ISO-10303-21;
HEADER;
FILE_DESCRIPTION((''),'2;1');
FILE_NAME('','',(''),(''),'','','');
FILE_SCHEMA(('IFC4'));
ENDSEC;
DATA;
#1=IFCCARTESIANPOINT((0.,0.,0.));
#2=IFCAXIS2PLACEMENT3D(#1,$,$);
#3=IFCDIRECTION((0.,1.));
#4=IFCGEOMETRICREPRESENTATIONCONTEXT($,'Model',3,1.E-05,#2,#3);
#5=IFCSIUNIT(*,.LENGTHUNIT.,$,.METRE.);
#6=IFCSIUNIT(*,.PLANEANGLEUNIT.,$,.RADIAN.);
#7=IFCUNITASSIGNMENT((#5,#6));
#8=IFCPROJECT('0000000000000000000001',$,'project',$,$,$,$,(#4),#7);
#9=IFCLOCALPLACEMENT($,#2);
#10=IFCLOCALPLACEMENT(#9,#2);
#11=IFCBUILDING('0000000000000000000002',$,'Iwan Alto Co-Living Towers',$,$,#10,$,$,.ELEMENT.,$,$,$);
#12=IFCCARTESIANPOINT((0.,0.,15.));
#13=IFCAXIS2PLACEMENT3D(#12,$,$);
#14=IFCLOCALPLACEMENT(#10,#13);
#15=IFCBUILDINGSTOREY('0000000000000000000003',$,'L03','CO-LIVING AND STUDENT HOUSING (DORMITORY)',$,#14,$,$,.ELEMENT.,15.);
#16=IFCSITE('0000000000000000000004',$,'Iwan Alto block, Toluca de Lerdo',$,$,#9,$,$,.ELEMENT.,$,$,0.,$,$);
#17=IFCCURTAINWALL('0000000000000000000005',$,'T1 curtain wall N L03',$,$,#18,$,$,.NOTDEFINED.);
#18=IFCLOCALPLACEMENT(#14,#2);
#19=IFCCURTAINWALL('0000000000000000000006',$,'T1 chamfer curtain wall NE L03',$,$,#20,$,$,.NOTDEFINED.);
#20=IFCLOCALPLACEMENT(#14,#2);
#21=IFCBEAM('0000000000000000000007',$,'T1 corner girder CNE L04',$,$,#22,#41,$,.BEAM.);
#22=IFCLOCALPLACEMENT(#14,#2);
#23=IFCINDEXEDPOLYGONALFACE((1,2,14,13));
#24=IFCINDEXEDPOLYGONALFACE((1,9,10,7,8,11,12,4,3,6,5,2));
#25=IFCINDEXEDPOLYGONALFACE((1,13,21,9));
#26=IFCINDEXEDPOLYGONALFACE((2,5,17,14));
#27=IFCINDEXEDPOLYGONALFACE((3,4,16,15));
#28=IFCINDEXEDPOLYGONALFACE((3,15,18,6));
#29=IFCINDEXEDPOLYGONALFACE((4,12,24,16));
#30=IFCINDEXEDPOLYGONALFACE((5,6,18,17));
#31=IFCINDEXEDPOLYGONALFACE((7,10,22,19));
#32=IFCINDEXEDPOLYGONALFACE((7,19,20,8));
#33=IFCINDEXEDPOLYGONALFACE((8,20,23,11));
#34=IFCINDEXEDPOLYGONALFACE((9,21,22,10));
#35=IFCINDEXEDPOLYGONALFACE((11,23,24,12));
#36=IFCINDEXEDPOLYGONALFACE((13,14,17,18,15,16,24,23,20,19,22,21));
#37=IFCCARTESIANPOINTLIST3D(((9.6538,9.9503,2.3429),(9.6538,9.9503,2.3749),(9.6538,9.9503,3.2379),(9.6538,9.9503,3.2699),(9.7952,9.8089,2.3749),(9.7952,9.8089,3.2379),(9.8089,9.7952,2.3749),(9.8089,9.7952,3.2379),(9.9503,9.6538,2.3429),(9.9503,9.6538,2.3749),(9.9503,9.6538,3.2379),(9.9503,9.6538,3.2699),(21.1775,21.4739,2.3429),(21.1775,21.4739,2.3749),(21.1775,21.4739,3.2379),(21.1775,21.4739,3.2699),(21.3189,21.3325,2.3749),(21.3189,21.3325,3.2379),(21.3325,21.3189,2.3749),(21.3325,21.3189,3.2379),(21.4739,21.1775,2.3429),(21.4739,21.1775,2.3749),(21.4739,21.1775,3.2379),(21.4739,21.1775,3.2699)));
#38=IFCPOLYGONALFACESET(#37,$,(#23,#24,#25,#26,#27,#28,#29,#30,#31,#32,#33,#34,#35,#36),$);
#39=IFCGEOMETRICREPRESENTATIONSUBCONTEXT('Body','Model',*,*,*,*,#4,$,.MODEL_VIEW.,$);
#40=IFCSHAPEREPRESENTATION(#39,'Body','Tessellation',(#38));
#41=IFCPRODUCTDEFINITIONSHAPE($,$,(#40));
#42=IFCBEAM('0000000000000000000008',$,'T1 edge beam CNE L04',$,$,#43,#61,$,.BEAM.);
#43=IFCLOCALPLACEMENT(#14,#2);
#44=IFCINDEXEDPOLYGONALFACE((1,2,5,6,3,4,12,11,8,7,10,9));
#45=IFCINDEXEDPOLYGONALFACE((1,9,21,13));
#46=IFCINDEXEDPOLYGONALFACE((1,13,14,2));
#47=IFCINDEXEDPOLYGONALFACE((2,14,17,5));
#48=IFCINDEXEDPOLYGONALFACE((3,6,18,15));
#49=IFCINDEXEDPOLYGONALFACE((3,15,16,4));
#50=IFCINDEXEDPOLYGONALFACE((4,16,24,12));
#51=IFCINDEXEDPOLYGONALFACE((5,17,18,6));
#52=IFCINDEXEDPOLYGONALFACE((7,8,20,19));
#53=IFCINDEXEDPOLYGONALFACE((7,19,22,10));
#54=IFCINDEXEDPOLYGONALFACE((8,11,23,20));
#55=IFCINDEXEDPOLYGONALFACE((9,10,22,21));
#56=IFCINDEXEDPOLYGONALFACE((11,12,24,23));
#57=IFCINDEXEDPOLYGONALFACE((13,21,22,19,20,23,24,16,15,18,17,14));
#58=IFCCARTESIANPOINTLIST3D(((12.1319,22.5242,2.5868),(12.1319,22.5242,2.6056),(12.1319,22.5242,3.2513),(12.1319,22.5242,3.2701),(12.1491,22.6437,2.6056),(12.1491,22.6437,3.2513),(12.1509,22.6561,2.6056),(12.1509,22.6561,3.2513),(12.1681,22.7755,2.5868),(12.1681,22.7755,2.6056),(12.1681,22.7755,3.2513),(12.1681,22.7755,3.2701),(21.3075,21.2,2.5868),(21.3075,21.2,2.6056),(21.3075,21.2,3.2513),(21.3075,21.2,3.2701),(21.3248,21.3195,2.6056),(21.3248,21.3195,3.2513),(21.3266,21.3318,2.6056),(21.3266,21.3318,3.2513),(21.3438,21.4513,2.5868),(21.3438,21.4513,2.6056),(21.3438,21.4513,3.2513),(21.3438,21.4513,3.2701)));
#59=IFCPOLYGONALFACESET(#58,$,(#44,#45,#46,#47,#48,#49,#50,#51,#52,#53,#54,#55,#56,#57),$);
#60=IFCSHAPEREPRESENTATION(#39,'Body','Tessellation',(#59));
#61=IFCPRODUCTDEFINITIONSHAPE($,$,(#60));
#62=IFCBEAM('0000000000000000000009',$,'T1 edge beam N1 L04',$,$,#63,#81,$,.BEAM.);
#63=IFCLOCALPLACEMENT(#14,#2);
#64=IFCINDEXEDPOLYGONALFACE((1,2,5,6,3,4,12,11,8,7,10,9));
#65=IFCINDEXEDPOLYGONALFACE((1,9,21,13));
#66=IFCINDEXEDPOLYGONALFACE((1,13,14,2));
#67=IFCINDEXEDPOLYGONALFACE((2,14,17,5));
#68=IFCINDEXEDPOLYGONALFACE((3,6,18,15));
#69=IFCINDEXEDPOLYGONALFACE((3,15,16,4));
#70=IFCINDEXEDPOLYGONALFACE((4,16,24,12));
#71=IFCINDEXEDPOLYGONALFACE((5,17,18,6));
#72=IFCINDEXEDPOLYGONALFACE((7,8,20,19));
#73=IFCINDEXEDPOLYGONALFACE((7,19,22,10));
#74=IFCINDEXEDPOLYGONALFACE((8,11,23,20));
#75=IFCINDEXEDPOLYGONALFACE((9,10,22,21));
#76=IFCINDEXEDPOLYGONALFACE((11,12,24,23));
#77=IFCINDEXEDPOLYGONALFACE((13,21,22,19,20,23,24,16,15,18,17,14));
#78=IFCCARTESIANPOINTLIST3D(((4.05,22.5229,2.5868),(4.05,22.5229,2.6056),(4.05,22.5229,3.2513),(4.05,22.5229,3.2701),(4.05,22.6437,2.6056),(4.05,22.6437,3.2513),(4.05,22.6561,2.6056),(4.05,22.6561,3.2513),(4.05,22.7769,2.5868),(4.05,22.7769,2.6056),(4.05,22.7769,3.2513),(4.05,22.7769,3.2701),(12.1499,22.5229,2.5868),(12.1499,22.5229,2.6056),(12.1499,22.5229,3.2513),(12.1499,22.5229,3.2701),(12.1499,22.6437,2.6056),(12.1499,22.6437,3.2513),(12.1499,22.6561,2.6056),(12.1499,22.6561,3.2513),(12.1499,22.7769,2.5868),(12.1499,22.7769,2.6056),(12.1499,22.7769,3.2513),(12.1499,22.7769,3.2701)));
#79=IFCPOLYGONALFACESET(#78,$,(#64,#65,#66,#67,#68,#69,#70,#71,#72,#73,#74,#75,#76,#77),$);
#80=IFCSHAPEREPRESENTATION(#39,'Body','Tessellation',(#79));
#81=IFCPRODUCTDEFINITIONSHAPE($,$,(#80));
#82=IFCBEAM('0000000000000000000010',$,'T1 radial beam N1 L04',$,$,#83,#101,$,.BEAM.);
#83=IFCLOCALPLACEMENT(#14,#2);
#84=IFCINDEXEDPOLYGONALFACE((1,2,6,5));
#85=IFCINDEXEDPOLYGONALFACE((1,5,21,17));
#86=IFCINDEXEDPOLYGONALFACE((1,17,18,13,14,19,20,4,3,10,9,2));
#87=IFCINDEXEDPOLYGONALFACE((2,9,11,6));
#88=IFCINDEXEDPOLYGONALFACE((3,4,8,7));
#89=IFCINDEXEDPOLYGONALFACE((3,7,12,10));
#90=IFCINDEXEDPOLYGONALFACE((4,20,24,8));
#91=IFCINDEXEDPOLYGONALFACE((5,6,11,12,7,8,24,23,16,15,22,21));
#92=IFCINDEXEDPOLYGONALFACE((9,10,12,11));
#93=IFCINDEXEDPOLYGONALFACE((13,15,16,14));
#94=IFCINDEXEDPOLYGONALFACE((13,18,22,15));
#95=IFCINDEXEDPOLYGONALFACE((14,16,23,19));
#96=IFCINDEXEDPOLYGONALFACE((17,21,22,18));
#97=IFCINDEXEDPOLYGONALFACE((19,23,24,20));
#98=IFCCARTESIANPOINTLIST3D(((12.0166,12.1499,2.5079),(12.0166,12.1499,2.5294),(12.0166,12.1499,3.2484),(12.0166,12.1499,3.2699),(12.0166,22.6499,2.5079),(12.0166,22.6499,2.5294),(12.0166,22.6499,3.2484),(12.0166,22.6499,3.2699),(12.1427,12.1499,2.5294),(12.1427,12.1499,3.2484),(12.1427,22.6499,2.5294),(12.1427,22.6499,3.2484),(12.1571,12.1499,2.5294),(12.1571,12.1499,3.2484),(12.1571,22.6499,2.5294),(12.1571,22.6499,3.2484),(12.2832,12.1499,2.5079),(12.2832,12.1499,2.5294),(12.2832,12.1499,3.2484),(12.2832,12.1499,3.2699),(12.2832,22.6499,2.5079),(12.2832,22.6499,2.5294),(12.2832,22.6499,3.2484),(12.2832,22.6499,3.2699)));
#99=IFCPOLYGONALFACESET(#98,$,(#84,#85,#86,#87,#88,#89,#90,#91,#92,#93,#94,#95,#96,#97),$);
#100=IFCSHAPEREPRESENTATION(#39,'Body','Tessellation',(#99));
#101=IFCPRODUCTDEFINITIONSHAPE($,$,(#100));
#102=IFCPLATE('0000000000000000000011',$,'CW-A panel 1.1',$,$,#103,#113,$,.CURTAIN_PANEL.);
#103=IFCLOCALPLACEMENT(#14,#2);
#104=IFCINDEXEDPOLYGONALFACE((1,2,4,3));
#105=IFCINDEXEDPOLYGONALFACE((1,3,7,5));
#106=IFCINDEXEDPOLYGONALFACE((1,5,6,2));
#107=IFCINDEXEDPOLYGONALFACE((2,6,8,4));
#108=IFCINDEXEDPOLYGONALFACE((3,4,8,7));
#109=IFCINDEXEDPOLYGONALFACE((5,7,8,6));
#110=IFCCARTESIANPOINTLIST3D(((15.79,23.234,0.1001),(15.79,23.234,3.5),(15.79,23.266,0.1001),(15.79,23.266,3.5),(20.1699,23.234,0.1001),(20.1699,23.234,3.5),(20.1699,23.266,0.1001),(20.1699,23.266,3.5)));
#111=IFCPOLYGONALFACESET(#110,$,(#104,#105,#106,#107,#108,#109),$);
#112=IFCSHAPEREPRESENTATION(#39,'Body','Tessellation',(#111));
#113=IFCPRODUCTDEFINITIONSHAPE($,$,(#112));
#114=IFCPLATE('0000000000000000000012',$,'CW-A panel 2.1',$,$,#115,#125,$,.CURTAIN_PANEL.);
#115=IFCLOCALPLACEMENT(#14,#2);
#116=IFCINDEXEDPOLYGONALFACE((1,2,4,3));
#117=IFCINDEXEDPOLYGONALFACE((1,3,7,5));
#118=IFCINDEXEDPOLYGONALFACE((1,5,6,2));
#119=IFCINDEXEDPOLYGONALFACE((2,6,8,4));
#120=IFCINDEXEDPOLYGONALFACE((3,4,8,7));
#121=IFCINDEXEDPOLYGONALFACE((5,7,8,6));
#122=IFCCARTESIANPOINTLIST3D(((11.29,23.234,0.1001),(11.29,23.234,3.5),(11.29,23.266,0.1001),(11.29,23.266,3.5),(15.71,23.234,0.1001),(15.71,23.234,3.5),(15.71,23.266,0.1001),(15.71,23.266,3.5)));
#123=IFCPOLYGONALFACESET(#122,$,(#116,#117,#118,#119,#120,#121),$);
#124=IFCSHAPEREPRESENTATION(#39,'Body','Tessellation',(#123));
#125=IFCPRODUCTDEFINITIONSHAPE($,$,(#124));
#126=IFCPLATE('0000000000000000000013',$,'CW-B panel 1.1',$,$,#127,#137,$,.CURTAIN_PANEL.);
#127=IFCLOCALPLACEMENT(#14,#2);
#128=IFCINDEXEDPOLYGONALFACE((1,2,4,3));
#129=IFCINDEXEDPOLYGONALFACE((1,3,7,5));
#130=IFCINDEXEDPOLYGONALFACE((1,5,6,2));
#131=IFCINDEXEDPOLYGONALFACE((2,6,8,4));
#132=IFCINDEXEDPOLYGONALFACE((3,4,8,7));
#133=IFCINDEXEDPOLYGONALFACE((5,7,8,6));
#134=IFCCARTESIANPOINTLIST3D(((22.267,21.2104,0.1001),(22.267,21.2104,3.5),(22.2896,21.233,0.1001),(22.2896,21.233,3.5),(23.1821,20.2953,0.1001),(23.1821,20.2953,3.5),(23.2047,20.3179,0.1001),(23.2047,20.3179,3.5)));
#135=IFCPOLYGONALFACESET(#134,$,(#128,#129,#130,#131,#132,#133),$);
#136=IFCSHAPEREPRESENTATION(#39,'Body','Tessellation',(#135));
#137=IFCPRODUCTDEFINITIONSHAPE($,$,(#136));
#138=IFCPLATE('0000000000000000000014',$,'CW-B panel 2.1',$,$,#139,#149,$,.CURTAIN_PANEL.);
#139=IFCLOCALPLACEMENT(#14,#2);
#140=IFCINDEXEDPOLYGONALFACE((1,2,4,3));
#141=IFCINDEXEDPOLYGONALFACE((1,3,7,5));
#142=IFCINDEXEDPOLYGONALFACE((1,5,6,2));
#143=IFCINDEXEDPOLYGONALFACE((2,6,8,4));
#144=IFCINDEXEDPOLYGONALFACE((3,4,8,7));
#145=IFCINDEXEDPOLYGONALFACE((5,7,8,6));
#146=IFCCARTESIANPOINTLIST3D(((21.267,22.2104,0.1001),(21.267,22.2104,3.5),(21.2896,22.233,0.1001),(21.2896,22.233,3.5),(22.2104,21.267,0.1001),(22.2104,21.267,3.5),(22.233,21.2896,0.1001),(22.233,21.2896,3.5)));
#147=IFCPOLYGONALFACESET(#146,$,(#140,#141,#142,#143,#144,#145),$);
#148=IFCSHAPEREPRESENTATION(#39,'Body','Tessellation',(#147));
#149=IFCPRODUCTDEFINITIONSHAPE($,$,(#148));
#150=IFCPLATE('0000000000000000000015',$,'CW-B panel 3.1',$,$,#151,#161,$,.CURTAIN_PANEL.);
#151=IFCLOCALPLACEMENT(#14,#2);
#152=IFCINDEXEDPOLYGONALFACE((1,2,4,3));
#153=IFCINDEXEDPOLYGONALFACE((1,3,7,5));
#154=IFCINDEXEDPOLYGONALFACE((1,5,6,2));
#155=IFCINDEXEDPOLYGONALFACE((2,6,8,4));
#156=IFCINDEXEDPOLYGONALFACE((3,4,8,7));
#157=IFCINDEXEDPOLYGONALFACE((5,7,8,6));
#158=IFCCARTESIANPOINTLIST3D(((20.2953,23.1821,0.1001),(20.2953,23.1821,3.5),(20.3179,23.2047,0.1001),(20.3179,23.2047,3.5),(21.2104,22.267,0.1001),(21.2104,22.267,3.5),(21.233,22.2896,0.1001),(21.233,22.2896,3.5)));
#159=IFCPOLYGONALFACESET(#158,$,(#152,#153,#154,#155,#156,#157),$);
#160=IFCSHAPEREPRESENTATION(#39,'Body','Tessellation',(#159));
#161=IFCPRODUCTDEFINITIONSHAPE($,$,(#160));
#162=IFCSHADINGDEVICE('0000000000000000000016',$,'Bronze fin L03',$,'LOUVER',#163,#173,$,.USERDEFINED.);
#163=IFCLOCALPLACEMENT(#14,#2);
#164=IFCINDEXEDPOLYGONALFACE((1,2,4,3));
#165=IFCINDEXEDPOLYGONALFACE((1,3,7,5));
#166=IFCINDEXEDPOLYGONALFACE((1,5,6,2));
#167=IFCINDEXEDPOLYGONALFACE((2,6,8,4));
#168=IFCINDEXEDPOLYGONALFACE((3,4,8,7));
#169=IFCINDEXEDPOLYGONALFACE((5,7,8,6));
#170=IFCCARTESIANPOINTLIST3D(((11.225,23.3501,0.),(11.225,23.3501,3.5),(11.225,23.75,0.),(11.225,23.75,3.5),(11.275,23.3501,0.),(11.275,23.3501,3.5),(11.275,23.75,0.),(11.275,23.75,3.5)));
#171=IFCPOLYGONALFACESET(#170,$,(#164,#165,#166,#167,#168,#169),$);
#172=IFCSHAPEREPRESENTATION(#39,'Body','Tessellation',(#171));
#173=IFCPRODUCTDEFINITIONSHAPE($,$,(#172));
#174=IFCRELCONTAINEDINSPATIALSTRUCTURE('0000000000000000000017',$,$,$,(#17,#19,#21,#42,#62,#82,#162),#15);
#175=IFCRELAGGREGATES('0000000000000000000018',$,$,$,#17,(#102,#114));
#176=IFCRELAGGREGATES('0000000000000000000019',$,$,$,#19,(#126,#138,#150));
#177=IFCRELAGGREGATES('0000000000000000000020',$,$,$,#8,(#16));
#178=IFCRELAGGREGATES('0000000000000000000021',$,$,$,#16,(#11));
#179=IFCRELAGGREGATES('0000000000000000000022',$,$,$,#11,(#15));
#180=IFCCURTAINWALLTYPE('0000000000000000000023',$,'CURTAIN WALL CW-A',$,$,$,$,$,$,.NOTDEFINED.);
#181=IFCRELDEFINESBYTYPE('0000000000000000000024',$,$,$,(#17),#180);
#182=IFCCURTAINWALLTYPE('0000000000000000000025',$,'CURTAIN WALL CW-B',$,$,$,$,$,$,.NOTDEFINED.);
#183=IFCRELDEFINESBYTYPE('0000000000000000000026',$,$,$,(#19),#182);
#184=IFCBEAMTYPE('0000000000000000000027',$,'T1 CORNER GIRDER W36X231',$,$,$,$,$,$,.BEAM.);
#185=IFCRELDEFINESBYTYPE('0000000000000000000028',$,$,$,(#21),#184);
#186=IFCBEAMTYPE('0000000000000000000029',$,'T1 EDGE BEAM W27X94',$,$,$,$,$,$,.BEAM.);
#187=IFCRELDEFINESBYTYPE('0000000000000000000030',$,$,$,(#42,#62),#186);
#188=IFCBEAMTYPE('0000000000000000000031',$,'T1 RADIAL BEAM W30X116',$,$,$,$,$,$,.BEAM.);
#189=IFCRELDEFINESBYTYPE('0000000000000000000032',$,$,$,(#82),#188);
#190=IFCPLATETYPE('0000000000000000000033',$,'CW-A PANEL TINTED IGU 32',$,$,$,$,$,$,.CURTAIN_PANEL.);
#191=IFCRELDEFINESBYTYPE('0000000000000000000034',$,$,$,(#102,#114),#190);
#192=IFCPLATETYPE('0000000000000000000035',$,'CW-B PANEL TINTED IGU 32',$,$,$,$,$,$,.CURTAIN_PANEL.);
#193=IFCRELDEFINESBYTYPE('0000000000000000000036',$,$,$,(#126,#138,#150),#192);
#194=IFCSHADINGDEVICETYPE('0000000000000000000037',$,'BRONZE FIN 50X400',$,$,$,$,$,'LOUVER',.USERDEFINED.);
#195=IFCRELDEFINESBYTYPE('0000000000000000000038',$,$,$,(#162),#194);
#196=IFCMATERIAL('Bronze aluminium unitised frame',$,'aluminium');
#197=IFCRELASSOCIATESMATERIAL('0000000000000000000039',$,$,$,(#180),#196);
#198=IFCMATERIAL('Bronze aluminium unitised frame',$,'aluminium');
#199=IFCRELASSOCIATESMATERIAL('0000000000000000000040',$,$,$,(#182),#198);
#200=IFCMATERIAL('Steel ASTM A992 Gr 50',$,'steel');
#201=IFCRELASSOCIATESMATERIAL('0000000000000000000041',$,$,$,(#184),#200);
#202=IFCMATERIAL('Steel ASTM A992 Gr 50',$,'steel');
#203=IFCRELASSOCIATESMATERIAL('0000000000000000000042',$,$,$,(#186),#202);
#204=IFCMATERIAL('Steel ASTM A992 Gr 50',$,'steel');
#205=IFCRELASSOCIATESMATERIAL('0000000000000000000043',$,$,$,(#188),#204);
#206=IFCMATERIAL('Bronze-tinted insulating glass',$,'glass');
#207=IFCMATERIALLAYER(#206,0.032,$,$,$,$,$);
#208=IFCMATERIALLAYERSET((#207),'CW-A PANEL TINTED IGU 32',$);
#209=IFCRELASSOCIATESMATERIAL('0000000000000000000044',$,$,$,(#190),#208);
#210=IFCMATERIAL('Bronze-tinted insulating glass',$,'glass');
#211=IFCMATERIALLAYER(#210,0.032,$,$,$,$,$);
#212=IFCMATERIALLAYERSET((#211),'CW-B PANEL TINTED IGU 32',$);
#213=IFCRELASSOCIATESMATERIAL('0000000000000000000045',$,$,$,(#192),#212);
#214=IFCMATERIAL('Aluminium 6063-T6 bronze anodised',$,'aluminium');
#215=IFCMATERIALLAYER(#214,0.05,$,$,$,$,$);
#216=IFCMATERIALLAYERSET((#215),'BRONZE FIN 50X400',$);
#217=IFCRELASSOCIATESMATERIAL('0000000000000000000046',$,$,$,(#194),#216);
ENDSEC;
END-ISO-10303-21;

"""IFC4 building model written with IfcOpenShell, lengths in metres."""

from ifc_helpers import new_model, si_unit, direction, frame, origin, origin_2d, place, context, subcontext, project, spatial, rectangle, i_section, extrude, material, layer, layer_set, material_profile, profile_set, type_object, element, aggregate, save


model = new_model("IFC4")

# Units and contexts
model_context = context("Model", 3, precision=1e-05, world=origin(), true_north=direction((0.0, 1.0)))
body_context = subcontext(model_context, "Body", "Model", "MODEL_VIEW")
ifc_project = project(units=[si_unit("LENGTHUNIT", "METRE"), si_unit("PLANEANGLEUNIT", "RADIAN")], contexts=[model_context])

# Site, building, storey
site_placement = place(None, origin())
site = spatial("IfcSite", under=ifc_project, at=site_placement, Name="Iwan Alto block, Toluca de Lerdo", CompositionType="ELEMENT", RefElevation=0.0)
building_placement = place(site_placement, origin())
building = spatial("IfcBuilding", under=site, at=building_placement, Name="Iwan Alto Co-Living Towers", CompositionType="ELEMENT")
storey_placement = place(building_placement, frame((0.0, 0.0, 15.0)))
storey = spatial("IfcBuildingStorey", under=building, at=storey_placement, Name="L03", Description="CO-LIVING AND STUDENT HOUSING (DORMITORY)", CompositionType="ELEMENT", Elevation=15.0)

# Curtain walls
ifc_material_1 = material(Name="Bronze aluminium unitised frame", Category="aluminium")
curtain_wall_type_1 = type_object("IfcCurtainWallType", Name="CURTAIN WALL CW-A", PredefinedType="NOTDEFINED", material=ifc_material_1)
curtain_wall_1_placement = place(storey_placement, origin())
curtain_wall_1 = element("IfcCurtainWall", 1, at=curtain_wall_1_placement, inside=storey, type_object=curtain_wall_type_1, Name="T1 curtain wall N L03", PredefinedType="NOTDEFINED")
ifc_material_2 = material(Name="Bronze aluminium unitised frame", Category="aluminium")
curtain_wall_type_2 = type_object("IfcCurtainWallType", Name="CURTAIN WALL CW-B", PredefinedType="NOTDEFINED", material=ifc_material_2)
curtain_wall_2_placement = place(storey_placement, origin())
curtain_wall_2 = element("IfcCurtainWall", 2, at=curtain_wall_2_placement, inside=storey, type_object=curtain_wall_type_2, Name="T1 chamfer curtain wall NE L03", PredefinedType="NOTDEFINED")

# Beams
ifc_material_3 = material(Name="Steel ASTM A992 Gr 50", Category="steel")
ifc_material_profile_1 = material_profile(ifc_material_3, i_section(OverallWidth=0.4192, OverallDepth=0.927, WebThickness=0.0193, FlangeThickness=0.032, at=origin_2d()), Name="W36X231")
ifc_profile_set_1 = profile_set([ifc_material_profile_1], Name="Steel ASTM A992 Gr 50")
beam_type_1 = type_object("IfcBeamType", Name="T1 CORNER GIRDER W36X231", PredefinedType="BEAM", material=ifc_profile_set_1)
beam_1_placement = place(storey_placement, frame((21.3257, 21.3257, 2.8064), z_axis=(-0.707107, -0.707107, 0.0), x_axis=(0.707107, -0.707107, 0.0)))
element("IfcBeam", 3, at=beam_1_placement, inside=storey, type_object=beam_type_1, Name="T1 corner girder CNE L04", PredefinedType="BEAM", context=body_context, shape_type="SweptSolid", body=[
    extrude(i_section(OverallWidth=0.4192, OverallDepth=0.927, WebThickness=0.0193, FlangeThickness=0.032, at=origin_2d()), origin(), (0.0, 0.0, 1.0), 16.2969),
])
ifc_material_4 = material(Name="Steel ASTM A992 Gr 50", Category="steel")
ifc_material_profile_2 = material_profile(ifc_material_4, i_section(OverallWidth=0.2539, OverallDepth=0.6833, WebThickness=0.0125, FlangeThickness=0.0188, at=origin_2d()), Name="W27X94")
ifc_profile_set_2 = profile_set([ifc_material_profile_2], Name="Steel ASTM A992 Gr 50")
beam_type_2 = type_object("IfcBeamType", Name="T1 EDGE BEAM W27X94", PredefinedType="BEAM", material=ifc_profile_set_2)
beam_2_placement = place(storey_placement, frame((21.3257, 21.3257, 2.9285), z_axis=(-0.989746, 0.142837, 0.0), x_axis=(-0.142837, -0.989746, 0.0)))
element("IfcBeam", 4, at=beam_2_placement, inside=storey, type_object=beam_type_2, Name="T1 edge beam CNE L04", PredefinedType="BEAM", context=body_context, shape_type="SweptSolid", body=[
    extrude(i_section(OverallWidth=0.2539, OverallDepth=0.6833, WebThickness=0.0125, FlangeThickness=0.0188, at=origin_2d()), origin(), (0.0, 0.0, 1.0), 9.2708),
])
beam_3_placement = place(storey_placement, frame((12.1499, 22.6499, 2.9285), z_axis=(-1.0, 0.0, 0.0), x_axis=(0.0, -1.0, 0.0)))
element("IfcBeam", 5, at=beam_3_placement, inside=storey, type_object=beam_type_2, Name="T1 edge beam N1 L04", PredefinedType="BEAM", context=body_context, shape_type="SweptSolid", body=[
    extrude(i_section(OverallWidth=0.2539, OverallDepth=0.6833, WebThickness=0.0125, FlangeThickness=0.0188, at=origin_2d()), origin(), (0.0, 0.0, 1.0), 8.0999),
])
ifc_material_5 = material(Name="Steel ASTM A992 Gr 50", Category="steel")
ifc_material_profile_3 = material_profile(ifc_material_5, i_section(OverallWidth=0.2666, OverallDepth=0.762, WebThickness=0.0144, FlangeThickness=0.0215, at=origin_2d()), Name="W30X116")
ifc_profile_set_3 = profile_set([ifc_material_profile_3], Name="Steel ASTM A992 Gr 50")
beam_type_3 = type_object("IfcBeamType", Name="T1 RADIAL BEAM W30X116", PredefinedType="BEAM", material=ifc_profile_set_3)
beam_4_placement = place(storey_placement, frame((12.1499, 22.6499, 2.8889), z_axis=(0.0, -1.0, 0.0), x_axis=(1.0, 0.0, 0.0)))
element("IfcBeam", 6, at=beam_4_placement, inside=storey, type_object=beam_type_3, Name="T1 radial beam N1 L04", PredefinedType="BEAM", context=body_context, shape_type="SweptSolid", body=[
    extrude(i_section(OverallWidth=0.2666, OverallDepth=0.762, WebThickness=0.0144, FlangeThickness=0.0215, at=origin_2d()), origin(), (0.0, 0.0, 1.0), 10.5),
])

# Plates
ifc_material_6 = material(Name="Bronze-tinted insulating glass", Category="glass")
ifc_layer_1 = layer(ifc_material_6, 0.032)
ifc_layer_set_1 = layer_set([ifc_layer_1], Name="CW-A PANEL TINTED IGU 32")
plate_type_1 = type_object("IfcPlateType", Name="CW-A PANEL TINTED IGU 32", PredefinedType="CURTAIN_PANEL", material=ifc_layer_set_1)
plate_1_placement = place(storey_placement, frame((17.98, 23.25, 0.1001), z_axis=(0.0, 0.0, 1.0), x_axis=(-1.0, 0.0, 0.0)))
plate_1 = element("IfcPlate", 7, at=plate_1_placement, type_object=plate_type_1, Name="CW-A panel 1.1", PredefinedType="CURTAIN_PANEL", context=body_context, shape_type="SweptSolid", body=[
    extrude(rectangle(XDim=4.3799, YDim=0.032, at=origin_2d()), origin(), (0.0, 0.0, 1.0), 3.3999),
])
plate_2_placement = place(storey_placement, frame((13.5, 23.25, 0.1001), z_axis=(0.0, 0.0, 1.0), x_axis=(-1.0, 0.0, 0.0)))
plate_2 = element("IfcPlate", 8, at=plate_2_placement, type_object=plate_type_1, Name="CW-A panel 2.1", PredefinedType="CURTAIN_PANEL", context=body_context, shape_type="SweptSolid", body=[
    extrude(rectangle(XDim=4.4199, YDim=0.032, at=origin_2d()), origin(), (0.0, 0.0, 1.0), 3.3999),
])
aggregate(curtain_wall_1, [plate_1, plate_2])
ifc_material_7 = material(Name="Bronze-tinted insulating glass", Category="glass")
ifc_layer_2 = layer(ifc_material_7, 0.032)
ifc_layer_set_2 = layer_set([ifc_layer_2], Name="CW-B PANEL TINTED IGU 32")
plate_type_2 = type_object("IfcPlateType", Name="CW-B PANEL TINTED IGU 32", PredefinedType="CURTAIN_PANEL", material=ifc_layer_set_2)
plate_3_placement = place(storey_placement, frame((22.7358, 20.7642, 0.1001), z_axis=(0.0, 0.0, 1.0), x_axis=(-0.707107, 0.707107, 0.0)))
plate_3 = element("IfcPlate", 9, at=plate_3_placement, type_object=plate_type_2, Name="CW-B panel 1.1", PredefinedType="CURTAIN_PANEL", context=body_context, shape_type="SweptSolid", body=[
    extrude(rectangle(XDim=1.2942, YDim=0.032, at=origin_2d()), origin(), (0.0, 0.0, 1.0), 3.3999),
])
plate_4_placement = place(storey_placement, frame((21.75, 21.75, 0.1001), z_axis=(0.0, 0.0, 1.0), x_axis=(-0.707107, 0.707107, 0.0)))
plate_4 = element("IfcPlate", 10, at=plate_4_placement, type_object=plate_type_2, Name="CW-B panel 2.1", PredefinedType="CURTAIN_PANEL", context=body_context, shape_type="SweptSolid", body=[
    extrude(rectangle(XDim=1.3342, YDim=0.032, at=origin_2d()), origin(), (0.0, 0.0, 1.0), 3.3999),
])
plate_5_placement = place(storey_placement, frame((20.7642, 22.7358, 0.1001), z_axis=(0.0, 0.0, 1.0), x_axis=(-0.707107, 0.707107, 0.0)))
plate_5 = element("IfcPlate", 11, at=plate_5_placement, type_object=plate_type_2, Name="CW-B panel 3.1", PredefinedType="CURTAIN_PANEL", context=body_context, shape_type="SweptSolid", body=[
    extrude(rectangle(XDim=1.2942, YDim=0.032, at=origin_2d()), origin(), (0.0, 0.0, 1.0), 3.3999),
])
aggregate(curtain_wall_2, [plate_3, plate_4, plate_5])

# Shading device
ifc_material_8 = material(Name="Aluminium 6063-T6 bronze anodised", Category="aluminium")
ifc_layer_3 = layer(ifc_material_8, 0.05)
ifc_layer_set_3 = layer_set([ifc_layer_3], Name="BRONZE FIN 50X400")
shading_device_type = type_object("IfcShadingDeviceType", Name="BRONZE FIN 50X400", ElementType="LOUVER", PredefinedType="USERDEFINED", material=ifc_layer_set_3)
shading_device_placement = place(storey_placement, frame((11.25, 23.55, 0.0), z_axis=(0.0, 0.0, 1.0), x_axis=(-1.0, 0.0, 0.0)))
element("IfcShadingDevice", 12, at=shading_device_placement, inside=storey, type_object=shading_device_type, Name="Bronze fin L03", ObjectType="LOUVER", PredefinedType="USERDEFINED", context=body_context, shape_type="SweptSolid", body=[
    extrude(rectangle(XDim=0.05, YDim=0.3999, at=origin_2d()), origin(), (0.0, 0.0, 1.0), 3.5),
])

save(model, "model.ifc")
